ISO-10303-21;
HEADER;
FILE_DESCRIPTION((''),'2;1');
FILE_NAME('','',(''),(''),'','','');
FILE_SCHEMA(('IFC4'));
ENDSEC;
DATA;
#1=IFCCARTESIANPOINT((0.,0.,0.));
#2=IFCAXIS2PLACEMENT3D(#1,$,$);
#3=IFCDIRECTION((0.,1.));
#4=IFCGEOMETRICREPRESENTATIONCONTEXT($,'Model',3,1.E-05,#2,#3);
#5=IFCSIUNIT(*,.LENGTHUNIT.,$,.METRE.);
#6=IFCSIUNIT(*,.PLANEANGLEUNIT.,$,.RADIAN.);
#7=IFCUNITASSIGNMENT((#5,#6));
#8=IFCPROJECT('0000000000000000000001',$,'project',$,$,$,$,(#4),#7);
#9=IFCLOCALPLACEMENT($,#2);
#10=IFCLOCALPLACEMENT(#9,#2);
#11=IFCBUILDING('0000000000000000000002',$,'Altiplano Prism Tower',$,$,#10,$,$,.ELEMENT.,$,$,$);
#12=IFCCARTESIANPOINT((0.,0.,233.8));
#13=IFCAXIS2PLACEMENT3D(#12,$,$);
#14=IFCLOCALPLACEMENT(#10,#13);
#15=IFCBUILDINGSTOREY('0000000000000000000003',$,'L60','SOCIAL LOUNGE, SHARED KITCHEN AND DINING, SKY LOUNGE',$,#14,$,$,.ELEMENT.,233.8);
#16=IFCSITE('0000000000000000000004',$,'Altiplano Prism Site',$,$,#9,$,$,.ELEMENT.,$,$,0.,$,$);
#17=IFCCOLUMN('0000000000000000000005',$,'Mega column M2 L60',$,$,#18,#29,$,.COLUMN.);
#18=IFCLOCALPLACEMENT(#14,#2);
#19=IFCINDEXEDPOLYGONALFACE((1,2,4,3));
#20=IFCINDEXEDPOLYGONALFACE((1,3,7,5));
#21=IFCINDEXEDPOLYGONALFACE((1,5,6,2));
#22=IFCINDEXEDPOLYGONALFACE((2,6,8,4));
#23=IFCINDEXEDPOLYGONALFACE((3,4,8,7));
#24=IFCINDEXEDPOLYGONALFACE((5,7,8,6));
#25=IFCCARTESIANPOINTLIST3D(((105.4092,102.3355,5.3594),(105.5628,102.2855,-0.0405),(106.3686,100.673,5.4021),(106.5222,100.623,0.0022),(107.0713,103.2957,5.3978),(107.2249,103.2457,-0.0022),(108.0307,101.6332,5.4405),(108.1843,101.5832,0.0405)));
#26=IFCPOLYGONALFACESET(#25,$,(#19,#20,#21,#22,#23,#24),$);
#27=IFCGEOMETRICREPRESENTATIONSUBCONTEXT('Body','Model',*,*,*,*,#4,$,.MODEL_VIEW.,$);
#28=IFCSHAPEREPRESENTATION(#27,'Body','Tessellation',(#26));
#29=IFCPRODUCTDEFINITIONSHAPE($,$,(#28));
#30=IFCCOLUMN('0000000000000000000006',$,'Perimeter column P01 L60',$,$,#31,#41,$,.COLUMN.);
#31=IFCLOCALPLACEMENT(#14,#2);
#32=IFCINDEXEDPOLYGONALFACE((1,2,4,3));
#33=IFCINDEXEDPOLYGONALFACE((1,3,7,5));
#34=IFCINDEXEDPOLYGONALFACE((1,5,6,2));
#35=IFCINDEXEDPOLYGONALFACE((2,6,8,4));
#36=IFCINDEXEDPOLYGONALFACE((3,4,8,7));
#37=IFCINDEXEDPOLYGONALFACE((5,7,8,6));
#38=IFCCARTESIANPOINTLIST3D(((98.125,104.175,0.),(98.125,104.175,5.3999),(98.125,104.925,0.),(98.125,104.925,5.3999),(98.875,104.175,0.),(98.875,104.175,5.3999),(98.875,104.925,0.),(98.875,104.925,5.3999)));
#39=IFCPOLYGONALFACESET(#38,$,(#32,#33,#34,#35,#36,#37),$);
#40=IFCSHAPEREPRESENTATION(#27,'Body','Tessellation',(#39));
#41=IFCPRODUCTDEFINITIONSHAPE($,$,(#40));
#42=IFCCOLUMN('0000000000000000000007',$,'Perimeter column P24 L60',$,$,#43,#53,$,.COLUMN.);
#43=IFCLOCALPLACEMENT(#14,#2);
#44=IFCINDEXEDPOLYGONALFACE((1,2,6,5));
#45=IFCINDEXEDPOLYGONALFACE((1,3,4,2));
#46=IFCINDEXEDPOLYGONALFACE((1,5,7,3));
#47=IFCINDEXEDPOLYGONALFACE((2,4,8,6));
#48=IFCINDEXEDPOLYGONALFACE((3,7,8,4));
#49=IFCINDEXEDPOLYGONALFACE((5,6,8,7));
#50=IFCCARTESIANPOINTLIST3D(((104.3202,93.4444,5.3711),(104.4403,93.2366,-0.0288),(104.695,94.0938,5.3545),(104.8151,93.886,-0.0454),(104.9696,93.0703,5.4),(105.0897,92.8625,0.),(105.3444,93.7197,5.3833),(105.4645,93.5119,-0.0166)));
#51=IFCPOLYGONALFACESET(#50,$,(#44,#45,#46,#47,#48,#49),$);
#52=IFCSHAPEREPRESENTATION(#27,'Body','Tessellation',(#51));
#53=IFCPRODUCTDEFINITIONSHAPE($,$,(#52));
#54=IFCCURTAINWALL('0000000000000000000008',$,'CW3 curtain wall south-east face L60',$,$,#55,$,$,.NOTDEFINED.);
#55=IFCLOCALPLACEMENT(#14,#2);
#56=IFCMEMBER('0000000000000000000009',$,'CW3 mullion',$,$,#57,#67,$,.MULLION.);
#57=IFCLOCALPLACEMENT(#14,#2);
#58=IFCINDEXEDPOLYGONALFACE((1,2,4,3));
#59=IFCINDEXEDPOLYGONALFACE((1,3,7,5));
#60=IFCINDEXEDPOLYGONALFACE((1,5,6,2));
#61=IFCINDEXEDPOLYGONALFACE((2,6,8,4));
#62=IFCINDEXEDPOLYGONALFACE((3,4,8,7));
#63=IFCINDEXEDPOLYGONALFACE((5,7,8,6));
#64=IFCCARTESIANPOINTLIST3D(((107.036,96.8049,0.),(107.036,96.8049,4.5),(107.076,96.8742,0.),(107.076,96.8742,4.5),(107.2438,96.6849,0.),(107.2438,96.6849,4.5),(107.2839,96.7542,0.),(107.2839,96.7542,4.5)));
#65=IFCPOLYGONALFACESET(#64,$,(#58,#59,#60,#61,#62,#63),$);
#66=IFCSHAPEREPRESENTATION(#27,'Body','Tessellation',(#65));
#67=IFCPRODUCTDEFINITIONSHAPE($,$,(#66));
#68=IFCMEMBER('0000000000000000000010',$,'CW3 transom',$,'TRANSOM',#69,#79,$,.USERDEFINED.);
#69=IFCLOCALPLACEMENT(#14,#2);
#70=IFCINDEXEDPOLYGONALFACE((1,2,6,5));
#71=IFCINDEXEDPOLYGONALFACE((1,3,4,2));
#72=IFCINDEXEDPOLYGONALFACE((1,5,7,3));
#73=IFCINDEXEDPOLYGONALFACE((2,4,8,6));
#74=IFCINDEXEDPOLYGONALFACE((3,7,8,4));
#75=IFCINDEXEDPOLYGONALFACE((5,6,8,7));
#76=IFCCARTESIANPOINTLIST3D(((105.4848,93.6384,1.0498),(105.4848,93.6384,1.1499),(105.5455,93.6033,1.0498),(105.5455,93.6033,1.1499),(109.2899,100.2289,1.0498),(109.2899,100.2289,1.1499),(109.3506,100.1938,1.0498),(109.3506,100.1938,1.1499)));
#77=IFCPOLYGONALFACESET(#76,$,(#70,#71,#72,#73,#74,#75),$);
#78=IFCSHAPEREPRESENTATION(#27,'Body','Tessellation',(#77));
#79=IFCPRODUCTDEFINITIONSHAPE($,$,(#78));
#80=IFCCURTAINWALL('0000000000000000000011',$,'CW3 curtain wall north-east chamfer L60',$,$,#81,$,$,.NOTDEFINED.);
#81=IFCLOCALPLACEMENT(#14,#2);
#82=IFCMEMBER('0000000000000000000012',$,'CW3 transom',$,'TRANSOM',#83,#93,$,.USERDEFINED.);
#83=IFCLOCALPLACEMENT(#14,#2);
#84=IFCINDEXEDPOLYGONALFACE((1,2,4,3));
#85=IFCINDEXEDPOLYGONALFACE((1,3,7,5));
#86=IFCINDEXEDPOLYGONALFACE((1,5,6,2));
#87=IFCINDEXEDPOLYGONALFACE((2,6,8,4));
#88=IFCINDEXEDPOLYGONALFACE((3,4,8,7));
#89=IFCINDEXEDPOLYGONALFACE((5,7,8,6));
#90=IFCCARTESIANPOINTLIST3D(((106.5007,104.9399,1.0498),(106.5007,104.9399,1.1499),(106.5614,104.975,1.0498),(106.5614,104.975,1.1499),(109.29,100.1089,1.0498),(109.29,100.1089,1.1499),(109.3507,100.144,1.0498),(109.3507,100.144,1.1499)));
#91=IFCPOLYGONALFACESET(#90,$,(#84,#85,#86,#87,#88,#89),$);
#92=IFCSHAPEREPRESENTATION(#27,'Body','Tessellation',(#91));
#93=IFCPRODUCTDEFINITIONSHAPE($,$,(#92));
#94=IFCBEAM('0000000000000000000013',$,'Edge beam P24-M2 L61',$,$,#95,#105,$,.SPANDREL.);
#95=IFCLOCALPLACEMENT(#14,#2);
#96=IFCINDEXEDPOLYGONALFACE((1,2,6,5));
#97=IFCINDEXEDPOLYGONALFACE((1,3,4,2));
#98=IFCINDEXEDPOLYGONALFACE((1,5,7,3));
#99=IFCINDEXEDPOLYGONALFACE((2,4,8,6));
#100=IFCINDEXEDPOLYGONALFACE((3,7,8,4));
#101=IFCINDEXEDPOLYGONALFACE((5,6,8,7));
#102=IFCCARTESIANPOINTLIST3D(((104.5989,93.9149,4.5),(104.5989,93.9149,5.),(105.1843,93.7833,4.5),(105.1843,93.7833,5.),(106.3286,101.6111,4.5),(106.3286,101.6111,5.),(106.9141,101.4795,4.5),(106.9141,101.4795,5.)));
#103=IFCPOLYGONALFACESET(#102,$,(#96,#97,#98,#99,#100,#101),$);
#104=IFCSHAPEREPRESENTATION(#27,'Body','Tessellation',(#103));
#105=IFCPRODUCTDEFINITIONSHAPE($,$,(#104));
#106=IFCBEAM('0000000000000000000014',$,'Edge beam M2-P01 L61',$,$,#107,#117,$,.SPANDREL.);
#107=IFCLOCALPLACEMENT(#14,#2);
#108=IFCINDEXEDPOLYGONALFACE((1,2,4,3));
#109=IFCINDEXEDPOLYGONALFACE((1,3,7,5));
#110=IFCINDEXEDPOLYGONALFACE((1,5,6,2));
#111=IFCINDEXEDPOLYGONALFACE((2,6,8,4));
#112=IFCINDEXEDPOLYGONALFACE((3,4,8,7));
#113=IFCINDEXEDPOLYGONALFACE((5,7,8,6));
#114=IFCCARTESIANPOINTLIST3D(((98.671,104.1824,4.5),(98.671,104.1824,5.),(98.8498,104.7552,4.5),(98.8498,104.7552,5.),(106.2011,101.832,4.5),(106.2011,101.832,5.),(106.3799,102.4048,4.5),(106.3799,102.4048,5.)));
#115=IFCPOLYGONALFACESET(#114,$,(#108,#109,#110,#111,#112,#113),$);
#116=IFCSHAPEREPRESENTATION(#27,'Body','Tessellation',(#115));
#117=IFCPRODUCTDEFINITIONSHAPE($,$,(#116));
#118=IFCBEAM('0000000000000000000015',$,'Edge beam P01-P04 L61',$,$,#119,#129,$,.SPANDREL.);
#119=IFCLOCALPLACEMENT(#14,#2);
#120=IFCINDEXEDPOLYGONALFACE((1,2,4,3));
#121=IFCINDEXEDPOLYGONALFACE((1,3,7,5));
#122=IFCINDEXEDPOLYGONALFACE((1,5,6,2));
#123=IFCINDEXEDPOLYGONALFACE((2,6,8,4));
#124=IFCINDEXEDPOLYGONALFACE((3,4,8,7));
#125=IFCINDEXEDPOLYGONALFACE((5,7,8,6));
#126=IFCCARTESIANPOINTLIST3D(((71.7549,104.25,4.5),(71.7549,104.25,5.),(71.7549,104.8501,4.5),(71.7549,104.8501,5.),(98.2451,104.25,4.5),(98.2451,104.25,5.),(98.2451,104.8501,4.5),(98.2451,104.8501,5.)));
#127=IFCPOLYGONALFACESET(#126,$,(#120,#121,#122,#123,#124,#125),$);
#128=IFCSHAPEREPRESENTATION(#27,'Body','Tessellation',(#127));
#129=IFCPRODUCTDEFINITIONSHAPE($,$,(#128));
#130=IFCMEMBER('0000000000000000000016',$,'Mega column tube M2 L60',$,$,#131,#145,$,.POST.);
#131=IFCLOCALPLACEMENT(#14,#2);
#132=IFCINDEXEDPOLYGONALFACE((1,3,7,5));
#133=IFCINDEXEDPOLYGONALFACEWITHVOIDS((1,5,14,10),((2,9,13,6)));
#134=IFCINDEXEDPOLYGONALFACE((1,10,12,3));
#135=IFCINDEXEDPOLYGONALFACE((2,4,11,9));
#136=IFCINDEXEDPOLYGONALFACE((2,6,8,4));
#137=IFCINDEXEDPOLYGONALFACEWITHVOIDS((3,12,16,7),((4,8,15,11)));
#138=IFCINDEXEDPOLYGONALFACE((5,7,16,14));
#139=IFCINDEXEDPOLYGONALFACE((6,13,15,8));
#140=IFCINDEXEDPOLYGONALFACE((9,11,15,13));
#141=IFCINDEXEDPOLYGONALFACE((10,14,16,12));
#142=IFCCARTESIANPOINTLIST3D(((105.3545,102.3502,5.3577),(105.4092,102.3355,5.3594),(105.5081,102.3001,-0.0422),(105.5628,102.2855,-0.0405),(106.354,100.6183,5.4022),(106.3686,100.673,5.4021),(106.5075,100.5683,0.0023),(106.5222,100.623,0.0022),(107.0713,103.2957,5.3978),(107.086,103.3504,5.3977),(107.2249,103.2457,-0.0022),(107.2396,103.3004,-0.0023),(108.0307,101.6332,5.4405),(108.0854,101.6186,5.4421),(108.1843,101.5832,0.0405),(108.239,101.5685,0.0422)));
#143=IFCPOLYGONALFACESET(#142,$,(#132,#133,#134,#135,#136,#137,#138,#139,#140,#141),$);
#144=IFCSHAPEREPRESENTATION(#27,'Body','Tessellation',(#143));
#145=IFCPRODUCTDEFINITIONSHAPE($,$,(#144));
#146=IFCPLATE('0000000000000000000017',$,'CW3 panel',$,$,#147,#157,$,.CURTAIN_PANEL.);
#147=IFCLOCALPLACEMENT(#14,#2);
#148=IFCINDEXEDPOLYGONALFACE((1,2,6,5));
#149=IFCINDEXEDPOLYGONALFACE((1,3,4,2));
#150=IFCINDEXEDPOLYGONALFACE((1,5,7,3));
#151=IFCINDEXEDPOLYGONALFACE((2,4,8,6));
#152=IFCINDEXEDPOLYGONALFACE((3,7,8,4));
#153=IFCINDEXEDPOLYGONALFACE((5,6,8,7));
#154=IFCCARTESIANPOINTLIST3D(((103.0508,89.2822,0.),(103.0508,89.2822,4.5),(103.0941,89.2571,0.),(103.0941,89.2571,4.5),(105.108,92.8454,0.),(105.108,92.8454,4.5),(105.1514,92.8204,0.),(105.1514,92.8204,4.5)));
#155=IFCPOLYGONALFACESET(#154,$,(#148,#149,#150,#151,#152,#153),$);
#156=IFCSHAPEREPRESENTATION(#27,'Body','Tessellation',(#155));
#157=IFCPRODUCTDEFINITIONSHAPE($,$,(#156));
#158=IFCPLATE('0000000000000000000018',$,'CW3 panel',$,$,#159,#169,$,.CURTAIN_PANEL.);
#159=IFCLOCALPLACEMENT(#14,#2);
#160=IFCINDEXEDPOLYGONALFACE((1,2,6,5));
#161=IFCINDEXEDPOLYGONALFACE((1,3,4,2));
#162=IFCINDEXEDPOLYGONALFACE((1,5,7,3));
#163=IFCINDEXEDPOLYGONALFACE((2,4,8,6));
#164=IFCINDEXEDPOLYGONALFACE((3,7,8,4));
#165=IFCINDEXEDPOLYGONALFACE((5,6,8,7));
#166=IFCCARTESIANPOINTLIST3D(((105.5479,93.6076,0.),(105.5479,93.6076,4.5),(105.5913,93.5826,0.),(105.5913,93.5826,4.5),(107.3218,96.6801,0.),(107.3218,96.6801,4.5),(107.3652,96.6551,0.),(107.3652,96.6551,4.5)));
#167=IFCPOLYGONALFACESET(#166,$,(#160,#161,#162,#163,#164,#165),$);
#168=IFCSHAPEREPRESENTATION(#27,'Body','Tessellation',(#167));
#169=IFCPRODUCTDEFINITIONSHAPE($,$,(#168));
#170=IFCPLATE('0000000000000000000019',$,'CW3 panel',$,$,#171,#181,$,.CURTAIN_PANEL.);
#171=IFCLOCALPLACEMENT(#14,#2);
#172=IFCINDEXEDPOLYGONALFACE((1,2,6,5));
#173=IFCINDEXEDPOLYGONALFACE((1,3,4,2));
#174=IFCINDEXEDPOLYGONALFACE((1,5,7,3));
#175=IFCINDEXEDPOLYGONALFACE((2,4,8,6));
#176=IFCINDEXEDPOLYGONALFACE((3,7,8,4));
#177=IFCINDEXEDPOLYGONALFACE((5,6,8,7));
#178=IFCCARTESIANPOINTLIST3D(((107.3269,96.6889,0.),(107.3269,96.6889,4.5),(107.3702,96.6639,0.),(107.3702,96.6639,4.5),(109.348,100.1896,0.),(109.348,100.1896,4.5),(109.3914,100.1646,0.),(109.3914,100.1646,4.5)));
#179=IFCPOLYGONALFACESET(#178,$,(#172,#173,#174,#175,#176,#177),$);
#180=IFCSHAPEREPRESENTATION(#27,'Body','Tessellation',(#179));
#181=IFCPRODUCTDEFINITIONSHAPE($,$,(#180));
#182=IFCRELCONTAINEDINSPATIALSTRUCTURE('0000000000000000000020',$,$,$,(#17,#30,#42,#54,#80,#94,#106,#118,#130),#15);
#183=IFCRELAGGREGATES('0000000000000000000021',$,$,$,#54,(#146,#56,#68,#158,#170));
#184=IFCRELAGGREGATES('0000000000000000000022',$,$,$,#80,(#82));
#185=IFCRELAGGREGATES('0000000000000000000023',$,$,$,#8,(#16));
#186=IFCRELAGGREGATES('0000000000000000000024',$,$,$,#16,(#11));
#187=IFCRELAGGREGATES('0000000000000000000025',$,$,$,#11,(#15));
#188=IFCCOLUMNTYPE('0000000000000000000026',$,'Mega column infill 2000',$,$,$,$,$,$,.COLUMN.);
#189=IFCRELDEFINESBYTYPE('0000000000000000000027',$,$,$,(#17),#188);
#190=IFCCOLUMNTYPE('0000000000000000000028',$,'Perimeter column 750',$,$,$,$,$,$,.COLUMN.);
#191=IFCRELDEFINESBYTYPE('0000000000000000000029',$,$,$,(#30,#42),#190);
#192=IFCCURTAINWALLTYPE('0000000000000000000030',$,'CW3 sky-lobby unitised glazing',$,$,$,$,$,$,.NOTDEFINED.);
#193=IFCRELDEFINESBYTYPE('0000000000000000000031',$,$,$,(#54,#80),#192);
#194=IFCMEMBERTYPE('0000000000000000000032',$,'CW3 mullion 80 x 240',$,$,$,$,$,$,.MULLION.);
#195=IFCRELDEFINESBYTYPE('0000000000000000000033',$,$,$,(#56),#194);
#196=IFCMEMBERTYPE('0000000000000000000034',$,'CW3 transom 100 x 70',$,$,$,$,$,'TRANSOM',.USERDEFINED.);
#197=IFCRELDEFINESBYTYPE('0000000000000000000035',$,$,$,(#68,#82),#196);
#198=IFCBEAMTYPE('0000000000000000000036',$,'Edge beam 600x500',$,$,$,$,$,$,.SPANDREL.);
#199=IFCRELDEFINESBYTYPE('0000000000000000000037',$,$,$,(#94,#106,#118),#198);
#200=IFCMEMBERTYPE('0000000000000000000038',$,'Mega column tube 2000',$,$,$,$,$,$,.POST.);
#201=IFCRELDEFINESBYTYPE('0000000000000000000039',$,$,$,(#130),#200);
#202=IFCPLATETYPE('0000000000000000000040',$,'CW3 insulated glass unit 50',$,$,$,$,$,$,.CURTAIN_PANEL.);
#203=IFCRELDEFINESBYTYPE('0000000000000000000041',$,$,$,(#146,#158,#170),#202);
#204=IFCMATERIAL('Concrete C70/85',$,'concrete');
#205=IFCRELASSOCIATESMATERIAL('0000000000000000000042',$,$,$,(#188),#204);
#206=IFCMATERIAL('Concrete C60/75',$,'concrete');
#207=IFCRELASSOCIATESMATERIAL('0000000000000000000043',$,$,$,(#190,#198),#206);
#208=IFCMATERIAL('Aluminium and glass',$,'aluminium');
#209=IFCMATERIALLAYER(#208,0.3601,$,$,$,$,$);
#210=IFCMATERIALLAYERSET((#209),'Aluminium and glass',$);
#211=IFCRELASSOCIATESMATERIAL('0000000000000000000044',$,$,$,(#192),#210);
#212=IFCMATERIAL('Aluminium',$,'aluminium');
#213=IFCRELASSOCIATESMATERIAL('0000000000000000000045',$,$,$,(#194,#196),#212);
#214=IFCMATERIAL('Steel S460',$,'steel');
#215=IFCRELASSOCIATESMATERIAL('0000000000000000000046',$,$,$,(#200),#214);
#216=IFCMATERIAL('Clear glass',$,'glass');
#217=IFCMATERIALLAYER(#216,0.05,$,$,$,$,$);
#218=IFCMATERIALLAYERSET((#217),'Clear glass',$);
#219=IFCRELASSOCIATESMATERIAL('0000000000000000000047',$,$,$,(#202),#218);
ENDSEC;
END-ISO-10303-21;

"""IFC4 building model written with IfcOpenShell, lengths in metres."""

from ifc_helpers import new_model, si_unit, direction, frame, origin, origin_2d, place, context, subcontext, project, spatial, rectangle, hollow_rectangle, extrude, material, layer, layer_set, material_profile, profile_set, type_object, element, aggregate, save


model = new_model("IFC4")

# Units and contexts
model_context = context("Model", 3, precision=1e-05, world=origin(), true_north=direction((0.0, 1.0)))
body_context = subcontext(model_context, "Body", "Model", "MODEL_VIEW")
ifc_project = project(units=[si_unit("LENGTHUNIT", "METRE"), si_unit("PLANEANGLEUNIT", "RADIAN")], contexts=[model_context])

# Site, building, storey
site_placement = place(None, origin())
site = spatial("IfcSite", under=ifc_project, at=site_placement, Name="Altiplano Prism Site", CompositionType="ELEMENT", RefElevation=0.0)
building_placement = place(site_placement, origin())
building = spatial("IfcBuilding", under=site, at=building_placement, Name="Altiplano Prism Tower", CompositionType="ELEMENT")
storey_placement = place(building_placement, frame((0.0, 0.0, 233.8)))
storey = spatial("IfcBuildingStorey", under=building, at=storey_placement, Name="L60", Description="SOCIAL LOUNGE, SHARED KITCHEN AND DINING, SKY LOUNGE", CompositionType="ELEMENT", Elevation=233.8)

# Columns
ifc_material_1 = material(Name="Concrete C70/85", Category="concrete")
ifc_material_profile_1 = material_profile(ifc_material_1, rectangle(XDim=1.9199, YDim=1.9199, at=origin_2d()), Name="Mega column infill 2000")
ifc_profile_set_1 = profile_set([ifc_material_profile_1], Name="Concrete C70/85")
column_type_1 = type_object("IfcColumnType", Name="Mega column infill 2000", PredefinedType="COLUMN", material=ifc_profile_set_1)
column_1_placement = place(storey_placement, frame((106.8735, 101.9343, 0.0), z_axis=(-0.028426, 0.009264, 0.999553), x_axis=(0.499709, -0.865908, 0.022237)))
element("IfcColumn", 1, at=column_1_placement, inside=storey, type_object=column_type_1, Name="Mega column M2 L60", PredefinedType="COLUMN", context=body_context, shape_type="SweptSolid", body=[
    extrude(rectangle(XDim=1.9199, YDim=1.9199, at=origin_2d()), origin(), (0.0, 0.0, 1.0), 5.4023),
])
ifc_material_2 = material(Name="Concrete C60/75", Category="concrete")
ifc_material_profile_2 = material_profile(ifc_material_2, rectangle(XDim=0.75, YDim=0.75, at=origin_2d()), Name="Perimeter column 750")
ifc_profile_set_2 = profile_set([ifc_material_profile_2], Name="Concrete C60/75")
column_type_2 = type_object("IfcColumnType", Name="Perimeter column 750", PredefinedType="COLUMN", material=ifc_profile_set_2)
column_2_placement = place(storey_placement, frame((98.5, 104.55, 0.0), z_axis=(0.0, 0.0, 1.0), x_axis=(1.0, 0.0, 0.0)))
element("IfcColumn", 2, at=column_2_placement, inside=storey, type_object=column_type_2, Name="Perimeter column P01 L60", PredefinedType="COLUMN", context=body_context, shape_type="SweptSolid", body=[
    extrude(rectangle(XDim=0.75, YDim=0.75, at=origin_2d()), origin(), (0.0, 0.0, 1.0), 5.3999),
])
column_3_placement = place(storey_placement, frame((104.9524, 93.3743, -0.0227), z_axis=(-0.022222, 0.038438, 0.999014), x_axis=(-0.499731, -0.865896, 0.0222)))
element("IfcColumn", 3, at=column_3_placement, inside=storey, type_object=column_type_2, Name="Perimeter column P24 L60", PredefinedType="COLUMN", context=body_context, shape_type="SweptSolid", body=[
    extrude(rectangle(XDim=0.75, YDim=0.75, at=origin_2d()), origin(), (0.0, 0.0, 1.0), 5.4053),
])

# Curtain wall, members
ifc_material_3 = material(Name="Aluminium and glass", Category="aluminium")
ifc_layer_1 = layer(ifc_material_3, 0.3601)
ifc_layer_set_1 = layer_set([ifc_layer_1], Name="Aluminium and glass")
curtain_wall_type = type_object("IfcCurtainWallType", Name="CW3 sky-lobby unitised glazing", PredefinedType="NOTDEFINED", material=ifc_layer_set_1)
curtain_wall_1_placement = place(storey_placement, origin())
curtain_wall_1 = element("IfcCurtainWall", 4, at=curtain_wall_1_placement, inside=storey, type_object=curtain_wall_type, Name="CW3 curtain wall south-east face L60", PredefinedType="NOTDEFINED")
ifc_material_4 = material(Name="Aluminium", Category="aluminium")
ifc_material_profile_3 = material_profile(ifc_material_4, rectangle(XDim=0.24, YDim=0.0801, at=origin_2d()), Name="CW3 mullion 80 x 240")
ifc_profile_set_3 = profile_set([ifc_material_profile_3], Name="Aluminium")
member_type_1 = type_object("IfcMemberType", Name="CW3 mullion 80 x 240", PredefinedType="MULLION", material=ifc_profile_set_3)
member_1_placement = place(storey_placement, frame((107.1599, 96.7795, 0.0), z_axis=(0.0, 0.0, 1.0), x_axis=(-0.866025, 0.5, 0.0)))
member_1 = element("IfcMember", 5, at=member_1_placement, type_object=member_type_1, Name="CW3 mullion", PredefinedType="MULLION", context=body_context, shape_type="SweptSolid", body=[
    extrude(rectangle(XDim=0.24, YDim=0.0801, at=origin_2d()), origin(), (0.0, 0.0, 1.0), 4.5),
])
ifc_material_profile_4 = material_profile(ifc_material_4, rectangle(XDim=0.0701, YDim=0.1001, at=origin_2d()), Name="CW3 transom 100 x 70")
ifc_profile_set_4 = profile_set([ifc_material_profile_4], Name="Aluminium")
member_type_2 = type_object("IfcMemberType", Name="CW3 transom 100 x 70", ElementType="TRANSOM", PredefinedType="USERDEFINED", material=ifc_profile_set_4)
member_2_placement = place(storey_placement, frame((105.5151, 93.6208, 1.0999), z_axis=(0.50001, 0.866019, 0.0), x_axis=(-0.866019, 0.50001, 0.0)))
member_2 = element("IfcMember", 6, at=member_2_placement, type_object=member_type_2, Name="CW3 transom", ObjectType="TRANSOM", PredefinedType="USERDEFINED", context=body_context, shape_type="SweptSolid", body=[
    extrude(rectangle(XDim=0.0701, YDim=0.1001, at=origin_2d()), origin(), (0.0, 0.0, 1.0), 7.6101),
])

# Curtain wall, member
curtain_wall_2_placement = place(storey_placement, origin())
curtain_wall_2 = element("IfcCurtainWall", 7, at=curtain_wall_2_placement, inside=storey, type_object=curtain_wall_type, Name="CW3 curtain wall north-east chamfer L60", PredefinedType="NOTDEFINED")
member_3_placement = place(storey_placement, frame((109.3203, 100.1265, 1.0999), z_axis=(-0.500013, 0.866018, 0.0), x_axis=(-0.866018, -0.500013, 0.0)))
member_3 = element("IfcMember", 8, at=member_3_placement, type_object=member_type_2, Name="CW3 transom", ObjectType="TRANSOM", PredefinedType="USERDEFINED", context=body_context, shape_type="SweptSolid", body=[
    extrude(rectangle(XDim=0.0701, YDim=0.1001, at=origin_2d()), origin(), (0.0, 0.0, 1.0), 5.5784),
])

# Beams
ifc_material_profile_5 = material_profile(ifc_material_2, rectangle(XDim=0.6001, YDim=0.5, at=origin_2d()), Name="Edge beam 600x500")
ifc_profile_set_5 = profile_set([ifc_material_profile_5], Name="Concrete C60/75")
beam_type = type_object("IfcBeamType", Name="Edge beam 600x500", PredefinedType="SPANDREL", material=ifc_profile_set_5)
beam_1_placement = place(storey_placement, frame((104.8916, 93.8491, 4.75), z_axis=(0.219279, 0.975662, 0.0), x_axis=(-0.975662, 0.219279, 0.0)))
element("IfcBeam", 9, at=beam_1_placement, inside=storey, type_object=beam_type, Name="Edge beam P24-M2 L61", PredefinedType="SPANDREL", context=body_context, shape_type="SweptSolid", body=[
    extrude(rectangle(XDim=0.6001, YDim=0.5, at=origin_2d()), origin(), (0.0, 0.0, 1.0), 7.8882),
])
beam_2_placement = place(storey_placement, frame((106.2905, 102.1184, 4.75), z_axis=(-0.954581, 0.297952, 0.0), x_axis=(-0.297952, -0.954581, 0.0)))
element("IfcBeam", 10, at=beam_2_placement, inside=storey, type_object=beam_type, Name="Edge beam M2-P01 L61", PredefinedType="SPANDREL", context=body_context, shape_type="SweptSolid", body=[
    extrude(rectangle(XDim=0.6001, YDim=0.5, at=origin_2d()), origin(), (0.0, 0.0, 1.0), 7.8884),
])
beam_3_placement = place(storey_placement, frame((98.2451, 104.55, 4.75), z_axis=(-1.0, 0.0, 0.0), x_axis=(0.0, -1.0, 0.0)))
element("IfcBeam", 11, at=beam_3_placement, inside=storey, type_object=beam_type, Name="Edge beam P01-P04 L61", PredefinedType="SPANDREL", context=body_context, shape_type="SweptSolid", body=[
    extrude(rectangle(XDim=0.6001, YDim=0.5, at=origin_2d()), origin(), (0.0, 0.0, 1.0), 26.4902),
])

# Member
ifc_material_5 = material(Name="Steel S460", Category="steel")
ifc_material_profile_6 = material_profile(ifc_material_5, hollow_rectangle(XDim=2.0, YDim=2.0, WallThickness=0.04, at=origin_2d()), Name="Mega column tube 2000")
ifc_profile_set_6 = profile_set([ifc_material_profile_6], Name="Steel S460")
member_type_3 = type_object("IfcMemberType", Name="Mega column tube 2000", PredefinedType="POST", material=ifc_profile_set_6)
member_4_placement = place(storey_placement, frame((106.8735, 101.9343, 0.0), z_axis=(-0.028426, 0.009264, 0.999553), x_axis=(0.499709, -0.865908, 0.022237)))
element("IfcMember", 12, at=member_4_placement, inside=storey, type_object=member_type_3, Name="Mega column tube M2 L60", PredefinedType="POST", context=body_context, shape_type="SweptSolid", body=[
    extrude(hollow_rectangle(XDim=2.0, YDim=2.0, WallThickness=0.04, at=origin_2d()), origin(), (0.0, 0.0, 1.0), 5.4023),
])

# Plates
ifc_material_6 = material(Name="Clear glass", Category="glass")
ifc_layer_2 = layer(ifc_material_6, 0.05)
ifc_layer_set_2 = layer_set([ifc_layer_2], Name="Clear glass")
plate_type = type_object("IfcPlateType", Name="CW3 insulated glass unit 50", PredefinedType="CURTAIN_PANEL", material=ifc_layer_set_2)
plate_1_placement = place(storey_placement, frame((104.1011, 91.0513, 0.0), z_axis=(0.0, 0.0, 1.0), x_axis=(0.5, 0.866025, 0.0)))
plate_1 = element("IfcPlate", 13, at=plate_1_placement, type_object=plate_type, Name="CW3 panel", PredefinedType="CURTAIN_PANEL", context=body_context, shape_type="SweptSolid", body=[
    extrude(rectangle(XDim=4.1145, YDim=0.05, at=origin_2d()), origin(), (0.0, 0.0, 1.0), 4.5),
])
plate_2_placement = place(storey_placement, frame((106.4565, 95.1313, 0.0), z_axis=(0.0, 0.0, 1.0), x_axis=(0.5, 0.866025, 0.0)))
plate_2 = element("IfcPlate", 14, at=plate_2_placement, type_object=plate_type, Name="CW3 panel", PredefinedType="CURTAIN_PANEL", context=body_context, shape_type="SweptSolid", body=[
    extrude(rectangle(XDim=3.5479, YDim=0.05, at=origin_2d()), origin(), (0.0, 0.0, 1.0), 4.5),
])
plate_3_placement = place(storey_placement, frame((108.3591, 98.4268, 0.0), z_axis=(0.0, 0.0, 1.0), x_axis=(0.5, 0.866025, 0.0)))
plate_3 = element("IfcPlate", 15, at=plate_3_placement, type_object=plate_type, Name="CW3 panel", PredefinedType="CURTAIN_PANEL", context=body_context, shape_type="SweptSolid", body=[
    extrude(rectangle(XDim=4.0422, YDim=0.05, at=origin_2d()), origin(), (0.0, 0.0, 1.0), 4.5),
])
aggregate(curtain_wall_1, [plate_1, member_1, member_2, plate_2, plate_3])
aggregate(curtain_wall_2, [member_3])

save(model, "model.ifc")
